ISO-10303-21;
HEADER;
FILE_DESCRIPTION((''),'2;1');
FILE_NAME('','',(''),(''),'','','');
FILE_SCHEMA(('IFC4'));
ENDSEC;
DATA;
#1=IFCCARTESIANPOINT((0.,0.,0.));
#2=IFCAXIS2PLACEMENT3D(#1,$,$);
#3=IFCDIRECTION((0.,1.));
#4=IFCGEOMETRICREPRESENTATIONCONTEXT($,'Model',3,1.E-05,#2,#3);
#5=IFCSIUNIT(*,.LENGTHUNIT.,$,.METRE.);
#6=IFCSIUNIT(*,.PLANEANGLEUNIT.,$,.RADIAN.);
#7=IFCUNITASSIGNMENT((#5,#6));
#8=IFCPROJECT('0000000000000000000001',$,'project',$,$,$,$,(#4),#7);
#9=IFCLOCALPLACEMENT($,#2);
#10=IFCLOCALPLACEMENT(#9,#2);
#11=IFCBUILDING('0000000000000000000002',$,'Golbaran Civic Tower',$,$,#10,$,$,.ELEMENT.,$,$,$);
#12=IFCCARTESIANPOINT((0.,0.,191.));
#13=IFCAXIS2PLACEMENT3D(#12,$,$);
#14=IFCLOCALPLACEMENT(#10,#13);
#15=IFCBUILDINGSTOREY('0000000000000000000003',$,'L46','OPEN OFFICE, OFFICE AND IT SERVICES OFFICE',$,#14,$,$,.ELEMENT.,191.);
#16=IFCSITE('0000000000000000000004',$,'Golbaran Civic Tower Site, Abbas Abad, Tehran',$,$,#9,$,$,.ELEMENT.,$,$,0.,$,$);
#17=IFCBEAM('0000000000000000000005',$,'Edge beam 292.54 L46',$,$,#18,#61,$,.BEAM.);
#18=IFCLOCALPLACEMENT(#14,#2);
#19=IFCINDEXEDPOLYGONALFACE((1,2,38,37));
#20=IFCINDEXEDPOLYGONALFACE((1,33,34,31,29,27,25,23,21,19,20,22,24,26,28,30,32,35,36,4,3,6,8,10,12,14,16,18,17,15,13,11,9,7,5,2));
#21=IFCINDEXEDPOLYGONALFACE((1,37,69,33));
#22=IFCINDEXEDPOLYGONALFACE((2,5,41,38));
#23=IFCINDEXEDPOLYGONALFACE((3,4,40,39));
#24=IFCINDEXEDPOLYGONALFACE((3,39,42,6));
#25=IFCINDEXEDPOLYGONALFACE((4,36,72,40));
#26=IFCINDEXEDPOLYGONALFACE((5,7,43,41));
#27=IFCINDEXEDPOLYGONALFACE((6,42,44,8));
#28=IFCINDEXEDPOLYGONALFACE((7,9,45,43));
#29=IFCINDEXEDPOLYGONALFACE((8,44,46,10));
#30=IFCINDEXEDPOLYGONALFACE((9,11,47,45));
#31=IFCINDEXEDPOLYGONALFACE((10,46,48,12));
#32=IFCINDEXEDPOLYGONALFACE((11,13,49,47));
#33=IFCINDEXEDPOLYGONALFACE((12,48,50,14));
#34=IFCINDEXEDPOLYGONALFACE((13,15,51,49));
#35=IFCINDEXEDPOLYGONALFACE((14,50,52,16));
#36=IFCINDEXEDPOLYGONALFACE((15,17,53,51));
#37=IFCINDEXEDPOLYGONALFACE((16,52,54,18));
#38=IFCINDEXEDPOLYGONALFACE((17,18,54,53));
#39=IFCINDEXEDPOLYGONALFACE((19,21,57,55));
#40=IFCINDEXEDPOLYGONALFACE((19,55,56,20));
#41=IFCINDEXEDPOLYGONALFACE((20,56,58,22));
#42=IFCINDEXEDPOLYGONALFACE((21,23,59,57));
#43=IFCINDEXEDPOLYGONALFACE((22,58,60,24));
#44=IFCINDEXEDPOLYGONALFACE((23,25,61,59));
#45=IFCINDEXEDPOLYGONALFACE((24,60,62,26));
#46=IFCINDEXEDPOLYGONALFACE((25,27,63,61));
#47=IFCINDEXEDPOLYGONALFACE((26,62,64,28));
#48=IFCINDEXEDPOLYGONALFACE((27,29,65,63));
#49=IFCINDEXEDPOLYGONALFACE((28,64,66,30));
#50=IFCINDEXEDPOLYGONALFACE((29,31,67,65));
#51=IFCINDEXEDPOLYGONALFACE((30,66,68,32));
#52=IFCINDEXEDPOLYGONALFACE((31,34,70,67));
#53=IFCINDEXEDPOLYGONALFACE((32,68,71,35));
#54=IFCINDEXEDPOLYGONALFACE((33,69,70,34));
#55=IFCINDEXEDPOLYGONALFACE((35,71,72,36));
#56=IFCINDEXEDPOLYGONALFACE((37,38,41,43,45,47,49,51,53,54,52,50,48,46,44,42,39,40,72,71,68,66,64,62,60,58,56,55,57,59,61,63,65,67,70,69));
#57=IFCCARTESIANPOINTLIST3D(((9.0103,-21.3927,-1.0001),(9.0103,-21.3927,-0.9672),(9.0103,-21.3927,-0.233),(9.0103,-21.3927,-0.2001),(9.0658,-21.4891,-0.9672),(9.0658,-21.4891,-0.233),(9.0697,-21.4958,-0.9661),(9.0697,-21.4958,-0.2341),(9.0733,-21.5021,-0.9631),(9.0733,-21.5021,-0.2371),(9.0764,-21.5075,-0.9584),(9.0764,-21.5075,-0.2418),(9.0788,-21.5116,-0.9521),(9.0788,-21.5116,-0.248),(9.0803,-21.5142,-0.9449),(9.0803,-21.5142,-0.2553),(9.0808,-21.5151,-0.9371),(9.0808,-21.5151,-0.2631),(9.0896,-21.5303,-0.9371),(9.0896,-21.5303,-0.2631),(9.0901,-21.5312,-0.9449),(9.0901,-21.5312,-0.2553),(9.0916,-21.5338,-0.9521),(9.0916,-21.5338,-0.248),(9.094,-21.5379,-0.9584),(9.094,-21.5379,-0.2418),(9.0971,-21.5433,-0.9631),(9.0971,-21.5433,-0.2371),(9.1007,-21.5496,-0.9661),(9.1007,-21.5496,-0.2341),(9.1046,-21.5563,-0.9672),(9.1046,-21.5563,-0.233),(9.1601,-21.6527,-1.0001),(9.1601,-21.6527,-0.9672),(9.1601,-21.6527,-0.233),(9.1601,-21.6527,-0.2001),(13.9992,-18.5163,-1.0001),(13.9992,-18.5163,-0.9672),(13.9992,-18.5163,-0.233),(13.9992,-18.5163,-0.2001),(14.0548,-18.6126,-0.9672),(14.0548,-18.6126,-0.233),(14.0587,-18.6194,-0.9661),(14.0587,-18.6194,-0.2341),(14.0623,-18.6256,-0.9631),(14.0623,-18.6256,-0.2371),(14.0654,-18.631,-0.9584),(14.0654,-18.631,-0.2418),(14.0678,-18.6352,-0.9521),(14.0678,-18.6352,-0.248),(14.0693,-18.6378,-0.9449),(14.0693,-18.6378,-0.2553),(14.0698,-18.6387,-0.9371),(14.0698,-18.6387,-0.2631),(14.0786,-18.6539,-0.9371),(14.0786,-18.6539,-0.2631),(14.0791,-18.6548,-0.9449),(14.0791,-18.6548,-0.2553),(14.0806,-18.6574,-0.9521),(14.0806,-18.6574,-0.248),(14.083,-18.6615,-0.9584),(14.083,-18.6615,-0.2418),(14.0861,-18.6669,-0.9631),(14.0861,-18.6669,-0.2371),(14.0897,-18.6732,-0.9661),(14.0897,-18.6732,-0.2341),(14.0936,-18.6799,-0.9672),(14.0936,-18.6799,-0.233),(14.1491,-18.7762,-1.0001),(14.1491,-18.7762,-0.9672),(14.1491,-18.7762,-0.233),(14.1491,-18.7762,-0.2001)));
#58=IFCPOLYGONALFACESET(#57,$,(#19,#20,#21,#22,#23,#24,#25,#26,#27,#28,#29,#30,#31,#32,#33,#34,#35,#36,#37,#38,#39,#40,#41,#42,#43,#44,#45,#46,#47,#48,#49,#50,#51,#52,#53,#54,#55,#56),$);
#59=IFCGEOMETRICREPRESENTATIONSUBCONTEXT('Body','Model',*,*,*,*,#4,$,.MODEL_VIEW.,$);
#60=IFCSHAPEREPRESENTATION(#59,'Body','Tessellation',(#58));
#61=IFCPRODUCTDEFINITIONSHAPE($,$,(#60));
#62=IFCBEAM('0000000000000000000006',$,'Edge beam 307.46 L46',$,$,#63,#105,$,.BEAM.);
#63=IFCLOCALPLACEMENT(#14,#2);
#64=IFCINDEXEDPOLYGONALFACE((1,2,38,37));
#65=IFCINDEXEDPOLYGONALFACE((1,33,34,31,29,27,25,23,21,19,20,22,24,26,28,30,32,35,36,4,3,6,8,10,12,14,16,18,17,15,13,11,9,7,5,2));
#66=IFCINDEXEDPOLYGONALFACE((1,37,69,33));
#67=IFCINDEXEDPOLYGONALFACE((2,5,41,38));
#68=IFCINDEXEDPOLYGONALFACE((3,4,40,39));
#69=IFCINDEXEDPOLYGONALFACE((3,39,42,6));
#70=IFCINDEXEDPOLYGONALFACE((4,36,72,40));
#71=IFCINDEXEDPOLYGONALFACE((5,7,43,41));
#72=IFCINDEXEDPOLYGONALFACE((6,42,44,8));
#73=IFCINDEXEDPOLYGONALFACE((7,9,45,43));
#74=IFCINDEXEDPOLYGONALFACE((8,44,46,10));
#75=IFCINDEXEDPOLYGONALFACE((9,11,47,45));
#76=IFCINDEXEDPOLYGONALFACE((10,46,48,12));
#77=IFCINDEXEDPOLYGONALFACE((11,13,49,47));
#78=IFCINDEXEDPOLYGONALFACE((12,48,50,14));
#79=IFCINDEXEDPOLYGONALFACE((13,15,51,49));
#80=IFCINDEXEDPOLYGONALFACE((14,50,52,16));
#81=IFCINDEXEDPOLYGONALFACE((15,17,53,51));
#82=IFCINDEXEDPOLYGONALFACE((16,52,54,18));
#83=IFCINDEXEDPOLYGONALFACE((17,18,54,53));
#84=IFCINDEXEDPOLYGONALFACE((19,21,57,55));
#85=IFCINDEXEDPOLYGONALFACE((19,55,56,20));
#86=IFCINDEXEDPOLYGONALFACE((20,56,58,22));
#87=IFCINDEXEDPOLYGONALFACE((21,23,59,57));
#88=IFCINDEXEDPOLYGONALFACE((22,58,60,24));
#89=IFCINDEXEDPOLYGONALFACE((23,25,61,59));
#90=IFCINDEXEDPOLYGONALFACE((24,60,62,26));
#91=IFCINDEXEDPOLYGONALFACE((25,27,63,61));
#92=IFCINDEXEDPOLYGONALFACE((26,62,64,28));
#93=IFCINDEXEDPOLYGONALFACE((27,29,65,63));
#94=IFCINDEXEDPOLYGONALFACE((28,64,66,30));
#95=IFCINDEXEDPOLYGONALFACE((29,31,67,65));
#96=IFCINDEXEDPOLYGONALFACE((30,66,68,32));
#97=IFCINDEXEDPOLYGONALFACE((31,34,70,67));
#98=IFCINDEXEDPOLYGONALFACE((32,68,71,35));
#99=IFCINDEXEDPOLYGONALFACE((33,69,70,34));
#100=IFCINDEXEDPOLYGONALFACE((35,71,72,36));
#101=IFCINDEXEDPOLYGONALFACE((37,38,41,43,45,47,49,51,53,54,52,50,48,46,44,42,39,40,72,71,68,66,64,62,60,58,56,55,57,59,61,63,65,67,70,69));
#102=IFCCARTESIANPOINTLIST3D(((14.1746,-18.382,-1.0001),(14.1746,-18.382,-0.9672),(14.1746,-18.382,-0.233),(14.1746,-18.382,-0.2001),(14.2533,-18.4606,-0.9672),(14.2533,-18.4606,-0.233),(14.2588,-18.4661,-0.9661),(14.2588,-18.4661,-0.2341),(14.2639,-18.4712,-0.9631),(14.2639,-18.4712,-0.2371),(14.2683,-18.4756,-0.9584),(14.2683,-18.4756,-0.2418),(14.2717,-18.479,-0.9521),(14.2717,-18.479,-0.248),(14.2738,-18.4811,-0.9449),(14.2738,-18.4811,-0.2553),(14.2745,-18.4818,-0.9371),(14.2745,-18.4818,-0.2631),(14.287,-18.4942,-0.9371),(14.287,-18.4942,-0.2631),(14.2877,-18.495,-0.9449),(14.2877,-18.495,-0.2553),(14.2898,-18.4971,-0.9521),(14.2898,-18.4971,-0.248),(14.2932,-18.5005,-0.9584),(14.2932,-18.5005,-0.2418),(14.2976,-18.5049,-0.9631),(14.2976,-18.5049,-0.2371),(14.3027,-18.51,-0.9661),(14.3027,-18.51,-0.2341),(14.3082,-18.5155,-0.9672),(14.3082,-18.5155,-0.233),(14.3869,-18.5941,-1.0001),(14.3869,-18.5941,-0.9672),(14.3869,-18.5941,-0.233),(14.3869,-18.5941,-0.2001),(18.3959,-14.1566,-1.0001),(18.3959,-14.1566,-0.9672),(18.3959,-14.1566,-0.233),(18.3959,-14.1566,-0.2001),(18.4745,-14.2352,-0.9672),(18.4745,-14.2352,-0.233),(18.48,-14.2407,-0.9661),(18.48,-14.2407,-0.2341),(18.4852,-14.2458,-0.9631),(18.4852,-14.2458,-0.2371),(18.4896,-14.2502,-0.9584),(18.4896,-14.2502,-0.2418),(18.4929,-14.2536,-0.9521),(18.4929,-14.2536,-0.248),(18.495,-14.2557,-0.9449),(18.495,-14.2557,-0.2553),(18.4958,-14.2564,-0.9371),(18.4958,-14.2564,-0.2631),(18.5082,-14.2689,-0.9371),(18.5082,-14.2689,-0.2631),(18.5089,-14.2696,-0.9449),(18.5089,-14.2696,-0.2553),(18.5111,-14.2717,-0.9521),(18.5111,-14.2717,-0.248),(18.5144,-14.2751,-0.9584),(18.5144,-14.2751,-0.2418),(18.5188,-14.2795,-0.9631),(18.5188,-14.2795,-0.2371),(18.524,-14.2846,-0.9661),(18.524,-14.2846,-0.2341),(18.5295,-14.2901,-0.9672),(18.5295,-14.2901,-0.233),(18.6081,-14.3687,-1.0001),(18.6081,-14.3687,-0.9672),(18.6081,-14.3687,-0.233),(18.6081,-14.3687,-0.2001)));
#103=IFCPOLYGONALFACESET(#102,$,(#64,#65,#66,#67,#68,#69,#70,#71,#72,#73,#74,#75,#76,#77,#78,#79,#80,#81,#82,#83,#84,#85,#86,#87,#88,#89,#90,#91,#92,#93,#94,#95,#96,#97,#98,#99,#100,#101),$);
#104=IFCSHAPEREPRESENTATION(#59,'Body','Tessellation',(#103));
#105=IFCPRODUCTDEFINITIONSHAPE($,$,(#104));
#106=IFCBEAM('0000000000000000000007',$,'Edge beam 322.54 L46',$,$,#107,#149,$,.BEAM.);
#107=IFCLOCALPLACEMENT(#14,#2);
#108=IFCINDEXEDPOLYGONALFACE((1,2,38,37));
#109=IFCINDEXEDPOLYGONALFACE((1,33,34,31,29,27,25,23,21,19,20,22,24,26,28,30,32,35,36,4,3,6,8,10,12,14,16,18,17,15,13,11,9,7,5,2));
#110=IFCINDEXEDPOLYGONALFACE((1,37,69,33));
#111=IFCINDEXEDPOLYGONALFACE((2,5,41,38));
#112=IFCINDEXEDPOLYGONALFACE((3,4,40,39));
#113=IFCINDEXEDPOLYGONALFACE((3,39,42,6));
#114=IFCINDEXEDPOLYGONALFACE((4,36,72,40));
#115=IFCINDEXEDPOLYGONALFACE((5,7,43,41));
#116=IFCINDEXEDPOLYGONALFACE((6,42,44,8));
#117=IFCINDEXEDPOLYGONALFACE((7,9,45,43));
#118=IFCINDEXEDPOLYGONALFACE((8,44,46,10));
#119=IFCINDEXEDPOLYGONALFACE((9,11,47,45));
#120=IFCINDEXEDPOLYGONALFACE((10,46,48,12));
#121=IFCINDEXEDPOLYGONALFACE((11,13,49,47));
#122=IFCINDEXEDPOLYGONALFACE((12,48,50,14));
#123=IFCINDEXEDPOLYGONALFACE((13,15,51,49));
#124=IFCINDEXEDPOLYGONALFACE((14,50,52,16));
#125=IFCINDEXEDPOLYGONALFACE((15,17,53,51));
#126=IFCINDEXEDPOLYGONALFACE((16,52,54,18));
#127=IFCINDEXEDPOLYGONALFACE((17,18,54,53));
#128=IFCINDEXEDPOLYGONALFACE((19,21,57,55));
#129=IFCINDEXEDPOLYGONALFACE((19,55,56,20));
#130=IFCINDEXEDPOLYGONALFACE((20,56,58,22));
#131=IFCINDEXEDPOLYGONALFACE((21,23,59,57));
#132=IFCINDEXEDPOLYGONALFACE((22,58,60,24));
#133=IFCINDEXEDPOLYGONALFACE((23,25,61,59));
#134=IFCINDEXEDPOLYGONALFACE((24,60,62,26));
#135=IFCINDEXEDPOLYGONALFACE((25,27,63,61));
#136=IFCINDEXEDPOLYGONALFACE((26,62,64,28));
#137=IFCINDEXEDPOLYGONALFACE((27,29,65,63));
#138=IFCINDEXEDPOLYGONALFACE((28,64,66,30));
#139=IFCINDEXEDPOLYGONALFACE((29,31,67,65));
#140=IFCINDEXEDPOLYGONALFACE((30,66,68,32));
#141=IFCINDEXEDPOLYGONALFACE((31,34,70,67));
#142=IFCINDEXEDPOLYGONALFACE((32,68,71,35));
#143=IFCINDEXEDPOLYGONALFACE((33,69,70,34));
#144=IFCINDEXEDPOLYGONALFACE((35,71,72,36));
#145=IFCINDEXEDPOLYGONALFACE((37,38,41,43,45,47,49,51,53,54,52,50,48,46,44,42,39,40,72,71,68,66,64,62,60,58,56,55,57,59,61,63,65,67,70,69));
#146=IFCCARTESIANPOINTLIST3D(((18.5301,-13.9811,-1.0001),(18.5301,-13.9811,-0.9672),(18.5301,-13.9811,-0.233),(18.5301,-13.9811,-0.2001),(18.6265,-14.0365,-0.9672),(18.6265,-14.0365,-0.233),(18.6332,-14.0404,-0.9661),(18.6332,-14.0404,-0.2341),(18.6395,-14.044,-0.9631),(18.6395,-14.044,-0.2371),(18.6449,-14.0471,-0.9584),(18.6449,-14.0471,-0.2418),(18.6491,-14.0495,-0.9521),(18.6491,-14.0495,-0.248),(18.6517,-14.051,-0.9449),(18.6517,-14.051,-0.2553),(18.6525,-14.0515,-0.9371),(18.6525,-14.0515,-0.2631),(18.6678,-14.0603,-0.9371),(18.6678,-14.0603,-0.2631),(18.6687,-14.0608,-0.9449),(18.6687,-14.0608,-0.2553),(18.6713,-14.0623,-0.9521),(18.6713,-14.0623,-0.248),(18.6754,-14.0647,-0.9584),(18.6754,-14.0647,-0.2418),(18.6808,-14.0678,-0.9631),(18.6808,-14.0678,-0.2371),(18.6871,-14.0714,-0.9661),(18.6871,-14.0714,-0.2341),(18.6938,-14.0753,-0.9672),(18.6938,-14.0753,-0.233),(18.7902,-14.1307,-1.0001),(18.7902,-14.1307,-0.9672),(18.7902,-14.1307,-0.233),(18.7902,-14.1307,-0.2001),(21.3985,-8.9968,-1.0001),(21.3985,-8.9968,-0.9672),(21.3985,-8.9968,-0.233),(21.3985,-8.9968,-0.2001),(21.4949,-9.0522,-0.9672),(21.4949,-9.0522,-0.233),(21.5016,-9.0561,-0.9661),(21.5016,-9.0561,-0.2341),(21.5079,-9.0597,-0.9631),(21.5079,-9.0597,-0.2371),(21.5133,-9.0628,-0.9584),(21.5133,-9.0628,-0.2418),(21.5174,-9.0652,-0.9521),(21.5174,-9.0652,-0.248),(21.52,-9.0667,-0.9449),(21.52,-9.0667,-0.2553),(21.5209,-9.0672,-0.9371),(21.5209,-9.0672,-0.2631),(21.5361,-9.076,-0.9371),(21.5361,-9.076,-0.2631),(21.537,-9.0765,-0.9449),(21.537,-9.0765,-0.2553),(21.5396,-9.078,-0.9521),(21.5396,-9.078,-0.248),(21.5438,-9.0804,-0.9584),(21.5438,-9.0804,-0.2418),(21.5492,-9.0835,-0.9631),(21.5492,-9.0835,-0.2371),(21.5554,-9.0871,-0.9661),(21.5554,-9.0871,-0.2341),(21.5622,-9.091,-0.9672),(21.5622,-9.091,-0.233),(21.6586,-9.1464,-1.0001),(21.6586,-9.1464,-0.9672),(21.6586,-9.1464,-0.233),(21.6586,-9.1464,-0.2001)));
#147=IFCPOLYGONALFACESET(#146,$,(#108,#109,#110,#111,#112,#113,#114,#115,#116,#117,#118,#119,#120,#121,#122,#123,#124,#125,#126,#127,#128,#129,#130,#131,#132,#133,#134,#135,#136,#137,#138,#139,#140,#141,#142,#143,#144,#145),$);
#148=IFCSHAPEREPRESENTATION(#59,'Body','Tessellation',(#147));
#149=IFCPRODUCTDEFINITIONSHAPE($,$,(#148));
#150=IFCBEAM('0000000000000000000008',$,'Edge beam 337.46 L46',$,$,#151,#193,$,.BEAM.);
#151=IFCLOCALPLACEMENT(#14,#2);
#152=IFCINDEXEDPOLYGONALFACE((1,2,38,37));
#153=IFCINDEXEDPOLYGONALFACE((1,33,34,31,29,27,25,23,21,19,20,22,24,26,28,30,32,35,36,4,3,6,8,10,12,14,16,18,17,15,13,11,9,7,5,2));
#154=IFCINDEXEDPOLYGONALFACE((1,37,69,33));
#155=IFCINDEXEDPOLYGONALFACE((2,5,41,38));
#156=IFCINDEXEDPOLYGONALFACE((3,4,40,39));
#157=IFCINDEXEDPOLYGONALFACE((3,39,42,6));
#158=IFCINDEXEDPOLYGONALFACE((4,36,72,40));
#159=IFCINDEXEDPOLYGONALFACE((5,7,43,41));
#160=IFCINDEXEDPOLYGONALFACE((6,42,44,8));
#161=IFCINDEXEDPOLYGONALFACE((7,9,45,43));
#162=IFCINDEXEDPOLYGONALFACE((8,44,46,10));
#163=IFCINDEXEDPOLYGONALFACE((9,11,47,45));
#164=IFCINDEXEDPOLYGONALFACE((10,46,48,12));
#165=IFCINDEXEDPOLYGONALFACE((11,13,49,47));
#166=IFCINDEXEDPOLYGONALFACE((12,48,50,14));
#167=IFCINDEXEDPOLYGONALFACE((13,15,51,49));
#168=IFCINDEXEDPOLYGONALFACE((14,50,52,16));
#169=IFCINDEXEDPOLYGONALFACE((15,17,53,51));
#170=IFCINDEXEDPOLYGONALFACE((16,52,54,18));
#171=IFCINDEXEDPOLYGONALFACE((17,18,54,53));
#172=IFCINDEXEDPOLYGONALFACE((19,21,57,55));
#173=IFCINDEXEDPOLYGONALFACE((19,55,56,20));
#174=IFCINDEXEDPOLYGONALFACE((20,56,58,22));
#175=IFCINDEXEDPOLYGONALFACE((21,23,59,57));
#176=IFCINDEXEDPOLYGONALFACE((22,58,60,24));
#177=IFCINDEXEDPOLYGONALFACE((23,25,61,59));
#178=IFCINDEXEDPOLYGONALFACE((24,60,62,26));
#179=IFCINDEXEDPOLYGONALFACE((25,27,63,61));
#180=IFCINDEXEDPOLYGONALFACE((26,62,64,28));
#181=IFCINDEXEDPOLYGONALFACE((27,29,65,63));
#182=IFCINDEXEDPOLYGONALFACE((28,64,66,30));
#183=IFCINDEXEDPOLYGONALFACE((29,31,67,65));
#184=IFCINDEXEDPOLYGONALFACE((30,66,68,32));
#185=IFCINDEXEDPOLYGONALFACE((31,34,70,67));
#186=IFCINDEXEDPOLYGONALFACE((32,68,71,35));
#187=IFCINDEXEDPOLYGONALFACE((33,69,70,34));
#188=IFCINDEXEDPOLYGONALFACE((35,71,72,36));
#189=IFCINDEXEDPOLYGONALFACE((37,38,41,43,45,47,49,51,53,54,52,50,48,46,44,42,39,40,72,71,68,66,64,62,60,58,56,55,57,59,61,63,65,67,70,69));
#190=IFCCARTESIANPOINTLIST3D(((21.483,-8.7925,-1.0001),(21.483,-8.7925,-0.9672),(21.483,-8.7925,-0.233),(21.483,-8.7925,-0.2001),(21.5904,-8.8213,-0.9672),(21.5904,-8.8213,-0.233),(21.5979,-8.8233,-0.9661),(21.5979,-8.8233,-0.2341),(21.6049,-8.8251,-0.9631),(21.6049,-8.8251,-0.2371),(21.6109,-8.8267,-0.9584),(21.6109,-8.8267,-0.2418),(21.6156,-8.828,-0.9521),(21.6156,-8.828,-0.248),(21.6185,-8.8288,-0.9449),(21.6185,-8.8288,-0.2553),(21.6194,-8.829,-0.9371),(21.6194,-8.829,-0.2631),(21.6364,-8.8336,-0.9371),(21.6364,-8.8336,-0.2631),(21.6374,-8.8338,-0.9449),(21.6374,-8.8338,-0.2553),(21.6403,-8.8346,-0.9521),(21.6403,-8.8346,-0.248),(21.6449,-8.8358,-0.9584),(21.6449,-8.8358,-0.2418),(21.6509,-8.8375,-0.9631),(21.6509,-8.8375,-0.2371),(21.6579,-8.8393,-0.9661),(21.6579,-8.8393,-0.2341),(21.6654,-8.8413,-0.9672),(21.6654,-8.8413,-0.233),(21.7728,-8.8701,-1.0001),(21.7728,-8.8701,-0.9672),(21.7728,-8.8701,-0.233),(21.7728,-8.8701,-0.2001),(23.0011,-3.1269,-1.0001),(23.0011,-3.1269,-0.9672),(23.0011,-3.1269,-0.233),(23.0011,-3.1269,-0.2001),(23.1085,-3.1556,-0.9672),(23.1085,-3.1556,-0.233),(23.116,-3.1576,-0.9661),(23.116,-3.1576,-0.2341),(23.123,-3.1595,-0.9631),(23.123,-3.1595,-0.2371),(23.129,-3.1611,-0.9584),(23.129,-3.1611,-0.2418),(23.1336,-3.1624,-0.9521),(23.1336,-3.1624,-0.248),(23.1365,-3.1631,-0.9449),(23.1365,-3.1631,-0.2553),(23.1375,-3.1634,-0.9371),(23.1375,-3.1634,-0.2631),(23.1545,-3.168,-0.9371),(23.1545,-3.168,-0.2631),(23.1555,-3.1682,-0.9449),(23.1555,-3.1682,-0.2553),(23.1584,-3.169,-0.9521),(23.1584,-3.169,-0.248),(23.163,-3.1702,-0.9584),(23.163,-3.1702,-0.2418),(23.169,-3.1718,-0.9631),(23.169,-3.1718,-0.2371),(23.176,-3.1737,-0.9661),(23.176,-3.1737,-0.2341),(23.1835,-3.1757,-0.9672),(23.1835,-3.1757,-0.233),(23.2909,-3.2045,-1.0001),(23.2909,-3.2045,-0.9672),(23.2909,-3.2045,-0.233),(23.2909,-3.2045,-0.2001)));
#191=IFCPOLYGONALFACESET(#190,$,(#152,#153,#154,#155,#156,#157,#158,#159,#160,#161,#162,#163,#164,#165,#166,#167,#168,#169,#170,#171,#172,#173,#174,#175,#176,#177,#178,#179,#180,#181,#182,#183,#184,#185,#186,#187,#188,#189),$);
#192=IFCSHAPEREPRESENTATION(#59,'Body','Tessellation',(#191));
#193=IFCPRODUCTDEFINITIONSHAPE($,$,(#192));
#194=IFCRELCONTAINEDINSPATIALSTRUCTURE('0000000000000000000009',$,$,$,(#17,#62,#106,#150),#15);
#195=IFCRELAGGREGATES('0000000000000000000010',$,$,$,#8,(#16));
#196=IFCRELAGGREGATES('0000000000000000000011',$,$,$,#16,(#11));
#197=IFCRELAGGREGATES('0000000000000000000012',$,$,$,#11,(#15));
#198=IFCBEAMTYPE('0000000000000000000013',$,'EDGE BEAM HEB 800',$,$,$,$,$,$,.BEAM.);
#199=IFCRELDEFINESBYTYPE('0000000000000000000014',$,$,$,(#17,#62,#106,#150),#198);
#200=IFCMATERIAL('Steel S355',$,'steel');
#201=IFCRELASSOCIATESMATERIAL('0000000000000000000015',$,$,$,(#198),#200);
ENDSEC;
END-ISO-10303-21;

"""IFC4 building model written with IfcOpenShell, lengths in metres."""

from ifc_helpers import new_model, si_unit, direction, frame, origin, origin_2d, place, context, subcontext, project, spatial, i_section, extrude, material, material_profile, profile_set, type_object, element, save


model = new_model("IFC4")

# Units and contexts
model_context = context("Model", 3, precision=1e-05, world=origin(), true_north=direction((0.0, 1.0)))
body_context = subcontext(model_context, "Body", "Model", "MODEL_VIEW")
ifc_project = project(units=[si_unit("LENGTHUNIT", "METRE"), si_unit("PLANEANGLEUNIT", "RADIAN")], contexts=[model_context])

# Site, building, storey
site_placement = place(None, origin())
site = spatial("IfcSite", under=ifc_project, at=site_placement, Name="Golbaran Civic Tower Site, Abbas Abad, Tehran", CompositionType="ELEMENT", RefElevation=0.0)
building_placement = place(site_placement, origin())
building = spatial("IfcBuilding", under=site, at=building_placement, Name="Golbaran Civic Tower", CompositionType="ELEMENT")
storey_placement = place(building_placement, frame((0.0, 0.0, 191.0)))
storey = spatial("IfcBuildingStorey", under=building, at=storey_placement, Name="L46", Description="OPEN OFFICE, OFFICE AND IT SERVICES OFFICE", CompositionType="ELEMENT", Elevation=191.0)

# Beams
ifc_material_1 = material(Name="Steel S355", Category="steel")
ifc_material_profile_1 = material_profile(ifc_material_1, i_section(OverallWidth=0.3, OverallDepth=0.8, WebThickness=0.0176, FlangeThickness=0.033, FilletRadius=0.03, at=origin_2d()), Name="HEB 800")
ifc_profile_set_1 = profile_set([ifc_material_profile_1], Name="Steel S355")
beam_type_1 = type_object("IfcBeamType", Name="EDGE BEAM HEB 800", PredefinedType="BEAM", material=ifc_profile_set_1)
beam_1_placement = place(storey_placement, frame((9.0852, -21.5227, -0.6001), z_axis=(0.866322, 0.499486, 0.0), x_axis=(-0.499486, 0.866322, 0.0)))
element("IfcBeam", 1, at=beam_1_placement, inside=storey, type_object=beam_type_1, Name="Edge beam 292.54 L46", PredefinedType="BEAM", context=body_context, shape_type="SweptSolid", body=[
    extrude(i_section(OverallWidth=0.3, OverallDepth=0.8, WebThickness=0.0176, FlangeThickness=0.033, FilletRadius=0.03, at=origin_2d()), origin(), (0.0, 0.0, 1.0), 5.7588),
])
beam_2_placement = place(storey_placement, frame((14.2808, -18.488, -0.6001), z_axis=(0.706759, 0.707454, 0.0), x_axis=(-0.707454, 0.706759, 0.0)))
element("IfcBeam", 2, at=beam_2_placement, inside=storey, type_object=beam_type_1, Name="Edge beam 307.46 L46", PredefinedType="BEAM", context=body_context, shape_type="SweptSolid", body=[
    extrude(i_section(OverallWidth=0.3, OverallDepth=0.8, WebThickness=0.0176, FlangeThickness=0.033, FilletRadius=0.03, at=origin_2d()), origin(), (0.0, 0.0, 1.0), 5.9727),
])
beam_3_placement = place(storey_placement, frame((18.6602, -14.0559, -0.6001), z_axis=(0.498784, 0.866726, 0.0), x_axis=(-0.866726, 0.498784, 0.0)))
element("IfcBeam", 3, at=beam_3_placement, inside=storey, type_object=beam_type_1, Name="Edge beam 322.54 L46", PredefinedType="BEAM", context=body_context, shape_type="SweptSolid", body=[
    extrude(i_section(OverallWidth=0.3, OverallDepth=0.8, WebThickness=0.0176, FlangeThickness=0.033, FilletRadius=0.03, at=origin_2d()), origin(), (0.0, 0.0, 1.0), 5.7507),
])
beam_4_placement = place(storey_placement, frame((21.6279, -8.8313, -0.6001), z_axis=(0.258818, 0.965926, 0.0), x_axis=(-0.965926, 0.258818, 0.0)))
element("IfcBeam", 4, at=beam_4_placement, inside=storey, type_object=beam_type_1, Name="Edge beam 337.46 L46", PredefinedType="BEAM", context=body_context, shape_type="SweptSolid", body=[
    extrude(i_section(OverallWidth=0.3, OverallDepth=0.8, WebThickness=0.0176, FlangeThickness=0.033, FilletRadius=0.03, at=origin_2d()), origin(), (0.0, 0.0, 1.0), 5.8655),
])

save(model, "model.ifc")
